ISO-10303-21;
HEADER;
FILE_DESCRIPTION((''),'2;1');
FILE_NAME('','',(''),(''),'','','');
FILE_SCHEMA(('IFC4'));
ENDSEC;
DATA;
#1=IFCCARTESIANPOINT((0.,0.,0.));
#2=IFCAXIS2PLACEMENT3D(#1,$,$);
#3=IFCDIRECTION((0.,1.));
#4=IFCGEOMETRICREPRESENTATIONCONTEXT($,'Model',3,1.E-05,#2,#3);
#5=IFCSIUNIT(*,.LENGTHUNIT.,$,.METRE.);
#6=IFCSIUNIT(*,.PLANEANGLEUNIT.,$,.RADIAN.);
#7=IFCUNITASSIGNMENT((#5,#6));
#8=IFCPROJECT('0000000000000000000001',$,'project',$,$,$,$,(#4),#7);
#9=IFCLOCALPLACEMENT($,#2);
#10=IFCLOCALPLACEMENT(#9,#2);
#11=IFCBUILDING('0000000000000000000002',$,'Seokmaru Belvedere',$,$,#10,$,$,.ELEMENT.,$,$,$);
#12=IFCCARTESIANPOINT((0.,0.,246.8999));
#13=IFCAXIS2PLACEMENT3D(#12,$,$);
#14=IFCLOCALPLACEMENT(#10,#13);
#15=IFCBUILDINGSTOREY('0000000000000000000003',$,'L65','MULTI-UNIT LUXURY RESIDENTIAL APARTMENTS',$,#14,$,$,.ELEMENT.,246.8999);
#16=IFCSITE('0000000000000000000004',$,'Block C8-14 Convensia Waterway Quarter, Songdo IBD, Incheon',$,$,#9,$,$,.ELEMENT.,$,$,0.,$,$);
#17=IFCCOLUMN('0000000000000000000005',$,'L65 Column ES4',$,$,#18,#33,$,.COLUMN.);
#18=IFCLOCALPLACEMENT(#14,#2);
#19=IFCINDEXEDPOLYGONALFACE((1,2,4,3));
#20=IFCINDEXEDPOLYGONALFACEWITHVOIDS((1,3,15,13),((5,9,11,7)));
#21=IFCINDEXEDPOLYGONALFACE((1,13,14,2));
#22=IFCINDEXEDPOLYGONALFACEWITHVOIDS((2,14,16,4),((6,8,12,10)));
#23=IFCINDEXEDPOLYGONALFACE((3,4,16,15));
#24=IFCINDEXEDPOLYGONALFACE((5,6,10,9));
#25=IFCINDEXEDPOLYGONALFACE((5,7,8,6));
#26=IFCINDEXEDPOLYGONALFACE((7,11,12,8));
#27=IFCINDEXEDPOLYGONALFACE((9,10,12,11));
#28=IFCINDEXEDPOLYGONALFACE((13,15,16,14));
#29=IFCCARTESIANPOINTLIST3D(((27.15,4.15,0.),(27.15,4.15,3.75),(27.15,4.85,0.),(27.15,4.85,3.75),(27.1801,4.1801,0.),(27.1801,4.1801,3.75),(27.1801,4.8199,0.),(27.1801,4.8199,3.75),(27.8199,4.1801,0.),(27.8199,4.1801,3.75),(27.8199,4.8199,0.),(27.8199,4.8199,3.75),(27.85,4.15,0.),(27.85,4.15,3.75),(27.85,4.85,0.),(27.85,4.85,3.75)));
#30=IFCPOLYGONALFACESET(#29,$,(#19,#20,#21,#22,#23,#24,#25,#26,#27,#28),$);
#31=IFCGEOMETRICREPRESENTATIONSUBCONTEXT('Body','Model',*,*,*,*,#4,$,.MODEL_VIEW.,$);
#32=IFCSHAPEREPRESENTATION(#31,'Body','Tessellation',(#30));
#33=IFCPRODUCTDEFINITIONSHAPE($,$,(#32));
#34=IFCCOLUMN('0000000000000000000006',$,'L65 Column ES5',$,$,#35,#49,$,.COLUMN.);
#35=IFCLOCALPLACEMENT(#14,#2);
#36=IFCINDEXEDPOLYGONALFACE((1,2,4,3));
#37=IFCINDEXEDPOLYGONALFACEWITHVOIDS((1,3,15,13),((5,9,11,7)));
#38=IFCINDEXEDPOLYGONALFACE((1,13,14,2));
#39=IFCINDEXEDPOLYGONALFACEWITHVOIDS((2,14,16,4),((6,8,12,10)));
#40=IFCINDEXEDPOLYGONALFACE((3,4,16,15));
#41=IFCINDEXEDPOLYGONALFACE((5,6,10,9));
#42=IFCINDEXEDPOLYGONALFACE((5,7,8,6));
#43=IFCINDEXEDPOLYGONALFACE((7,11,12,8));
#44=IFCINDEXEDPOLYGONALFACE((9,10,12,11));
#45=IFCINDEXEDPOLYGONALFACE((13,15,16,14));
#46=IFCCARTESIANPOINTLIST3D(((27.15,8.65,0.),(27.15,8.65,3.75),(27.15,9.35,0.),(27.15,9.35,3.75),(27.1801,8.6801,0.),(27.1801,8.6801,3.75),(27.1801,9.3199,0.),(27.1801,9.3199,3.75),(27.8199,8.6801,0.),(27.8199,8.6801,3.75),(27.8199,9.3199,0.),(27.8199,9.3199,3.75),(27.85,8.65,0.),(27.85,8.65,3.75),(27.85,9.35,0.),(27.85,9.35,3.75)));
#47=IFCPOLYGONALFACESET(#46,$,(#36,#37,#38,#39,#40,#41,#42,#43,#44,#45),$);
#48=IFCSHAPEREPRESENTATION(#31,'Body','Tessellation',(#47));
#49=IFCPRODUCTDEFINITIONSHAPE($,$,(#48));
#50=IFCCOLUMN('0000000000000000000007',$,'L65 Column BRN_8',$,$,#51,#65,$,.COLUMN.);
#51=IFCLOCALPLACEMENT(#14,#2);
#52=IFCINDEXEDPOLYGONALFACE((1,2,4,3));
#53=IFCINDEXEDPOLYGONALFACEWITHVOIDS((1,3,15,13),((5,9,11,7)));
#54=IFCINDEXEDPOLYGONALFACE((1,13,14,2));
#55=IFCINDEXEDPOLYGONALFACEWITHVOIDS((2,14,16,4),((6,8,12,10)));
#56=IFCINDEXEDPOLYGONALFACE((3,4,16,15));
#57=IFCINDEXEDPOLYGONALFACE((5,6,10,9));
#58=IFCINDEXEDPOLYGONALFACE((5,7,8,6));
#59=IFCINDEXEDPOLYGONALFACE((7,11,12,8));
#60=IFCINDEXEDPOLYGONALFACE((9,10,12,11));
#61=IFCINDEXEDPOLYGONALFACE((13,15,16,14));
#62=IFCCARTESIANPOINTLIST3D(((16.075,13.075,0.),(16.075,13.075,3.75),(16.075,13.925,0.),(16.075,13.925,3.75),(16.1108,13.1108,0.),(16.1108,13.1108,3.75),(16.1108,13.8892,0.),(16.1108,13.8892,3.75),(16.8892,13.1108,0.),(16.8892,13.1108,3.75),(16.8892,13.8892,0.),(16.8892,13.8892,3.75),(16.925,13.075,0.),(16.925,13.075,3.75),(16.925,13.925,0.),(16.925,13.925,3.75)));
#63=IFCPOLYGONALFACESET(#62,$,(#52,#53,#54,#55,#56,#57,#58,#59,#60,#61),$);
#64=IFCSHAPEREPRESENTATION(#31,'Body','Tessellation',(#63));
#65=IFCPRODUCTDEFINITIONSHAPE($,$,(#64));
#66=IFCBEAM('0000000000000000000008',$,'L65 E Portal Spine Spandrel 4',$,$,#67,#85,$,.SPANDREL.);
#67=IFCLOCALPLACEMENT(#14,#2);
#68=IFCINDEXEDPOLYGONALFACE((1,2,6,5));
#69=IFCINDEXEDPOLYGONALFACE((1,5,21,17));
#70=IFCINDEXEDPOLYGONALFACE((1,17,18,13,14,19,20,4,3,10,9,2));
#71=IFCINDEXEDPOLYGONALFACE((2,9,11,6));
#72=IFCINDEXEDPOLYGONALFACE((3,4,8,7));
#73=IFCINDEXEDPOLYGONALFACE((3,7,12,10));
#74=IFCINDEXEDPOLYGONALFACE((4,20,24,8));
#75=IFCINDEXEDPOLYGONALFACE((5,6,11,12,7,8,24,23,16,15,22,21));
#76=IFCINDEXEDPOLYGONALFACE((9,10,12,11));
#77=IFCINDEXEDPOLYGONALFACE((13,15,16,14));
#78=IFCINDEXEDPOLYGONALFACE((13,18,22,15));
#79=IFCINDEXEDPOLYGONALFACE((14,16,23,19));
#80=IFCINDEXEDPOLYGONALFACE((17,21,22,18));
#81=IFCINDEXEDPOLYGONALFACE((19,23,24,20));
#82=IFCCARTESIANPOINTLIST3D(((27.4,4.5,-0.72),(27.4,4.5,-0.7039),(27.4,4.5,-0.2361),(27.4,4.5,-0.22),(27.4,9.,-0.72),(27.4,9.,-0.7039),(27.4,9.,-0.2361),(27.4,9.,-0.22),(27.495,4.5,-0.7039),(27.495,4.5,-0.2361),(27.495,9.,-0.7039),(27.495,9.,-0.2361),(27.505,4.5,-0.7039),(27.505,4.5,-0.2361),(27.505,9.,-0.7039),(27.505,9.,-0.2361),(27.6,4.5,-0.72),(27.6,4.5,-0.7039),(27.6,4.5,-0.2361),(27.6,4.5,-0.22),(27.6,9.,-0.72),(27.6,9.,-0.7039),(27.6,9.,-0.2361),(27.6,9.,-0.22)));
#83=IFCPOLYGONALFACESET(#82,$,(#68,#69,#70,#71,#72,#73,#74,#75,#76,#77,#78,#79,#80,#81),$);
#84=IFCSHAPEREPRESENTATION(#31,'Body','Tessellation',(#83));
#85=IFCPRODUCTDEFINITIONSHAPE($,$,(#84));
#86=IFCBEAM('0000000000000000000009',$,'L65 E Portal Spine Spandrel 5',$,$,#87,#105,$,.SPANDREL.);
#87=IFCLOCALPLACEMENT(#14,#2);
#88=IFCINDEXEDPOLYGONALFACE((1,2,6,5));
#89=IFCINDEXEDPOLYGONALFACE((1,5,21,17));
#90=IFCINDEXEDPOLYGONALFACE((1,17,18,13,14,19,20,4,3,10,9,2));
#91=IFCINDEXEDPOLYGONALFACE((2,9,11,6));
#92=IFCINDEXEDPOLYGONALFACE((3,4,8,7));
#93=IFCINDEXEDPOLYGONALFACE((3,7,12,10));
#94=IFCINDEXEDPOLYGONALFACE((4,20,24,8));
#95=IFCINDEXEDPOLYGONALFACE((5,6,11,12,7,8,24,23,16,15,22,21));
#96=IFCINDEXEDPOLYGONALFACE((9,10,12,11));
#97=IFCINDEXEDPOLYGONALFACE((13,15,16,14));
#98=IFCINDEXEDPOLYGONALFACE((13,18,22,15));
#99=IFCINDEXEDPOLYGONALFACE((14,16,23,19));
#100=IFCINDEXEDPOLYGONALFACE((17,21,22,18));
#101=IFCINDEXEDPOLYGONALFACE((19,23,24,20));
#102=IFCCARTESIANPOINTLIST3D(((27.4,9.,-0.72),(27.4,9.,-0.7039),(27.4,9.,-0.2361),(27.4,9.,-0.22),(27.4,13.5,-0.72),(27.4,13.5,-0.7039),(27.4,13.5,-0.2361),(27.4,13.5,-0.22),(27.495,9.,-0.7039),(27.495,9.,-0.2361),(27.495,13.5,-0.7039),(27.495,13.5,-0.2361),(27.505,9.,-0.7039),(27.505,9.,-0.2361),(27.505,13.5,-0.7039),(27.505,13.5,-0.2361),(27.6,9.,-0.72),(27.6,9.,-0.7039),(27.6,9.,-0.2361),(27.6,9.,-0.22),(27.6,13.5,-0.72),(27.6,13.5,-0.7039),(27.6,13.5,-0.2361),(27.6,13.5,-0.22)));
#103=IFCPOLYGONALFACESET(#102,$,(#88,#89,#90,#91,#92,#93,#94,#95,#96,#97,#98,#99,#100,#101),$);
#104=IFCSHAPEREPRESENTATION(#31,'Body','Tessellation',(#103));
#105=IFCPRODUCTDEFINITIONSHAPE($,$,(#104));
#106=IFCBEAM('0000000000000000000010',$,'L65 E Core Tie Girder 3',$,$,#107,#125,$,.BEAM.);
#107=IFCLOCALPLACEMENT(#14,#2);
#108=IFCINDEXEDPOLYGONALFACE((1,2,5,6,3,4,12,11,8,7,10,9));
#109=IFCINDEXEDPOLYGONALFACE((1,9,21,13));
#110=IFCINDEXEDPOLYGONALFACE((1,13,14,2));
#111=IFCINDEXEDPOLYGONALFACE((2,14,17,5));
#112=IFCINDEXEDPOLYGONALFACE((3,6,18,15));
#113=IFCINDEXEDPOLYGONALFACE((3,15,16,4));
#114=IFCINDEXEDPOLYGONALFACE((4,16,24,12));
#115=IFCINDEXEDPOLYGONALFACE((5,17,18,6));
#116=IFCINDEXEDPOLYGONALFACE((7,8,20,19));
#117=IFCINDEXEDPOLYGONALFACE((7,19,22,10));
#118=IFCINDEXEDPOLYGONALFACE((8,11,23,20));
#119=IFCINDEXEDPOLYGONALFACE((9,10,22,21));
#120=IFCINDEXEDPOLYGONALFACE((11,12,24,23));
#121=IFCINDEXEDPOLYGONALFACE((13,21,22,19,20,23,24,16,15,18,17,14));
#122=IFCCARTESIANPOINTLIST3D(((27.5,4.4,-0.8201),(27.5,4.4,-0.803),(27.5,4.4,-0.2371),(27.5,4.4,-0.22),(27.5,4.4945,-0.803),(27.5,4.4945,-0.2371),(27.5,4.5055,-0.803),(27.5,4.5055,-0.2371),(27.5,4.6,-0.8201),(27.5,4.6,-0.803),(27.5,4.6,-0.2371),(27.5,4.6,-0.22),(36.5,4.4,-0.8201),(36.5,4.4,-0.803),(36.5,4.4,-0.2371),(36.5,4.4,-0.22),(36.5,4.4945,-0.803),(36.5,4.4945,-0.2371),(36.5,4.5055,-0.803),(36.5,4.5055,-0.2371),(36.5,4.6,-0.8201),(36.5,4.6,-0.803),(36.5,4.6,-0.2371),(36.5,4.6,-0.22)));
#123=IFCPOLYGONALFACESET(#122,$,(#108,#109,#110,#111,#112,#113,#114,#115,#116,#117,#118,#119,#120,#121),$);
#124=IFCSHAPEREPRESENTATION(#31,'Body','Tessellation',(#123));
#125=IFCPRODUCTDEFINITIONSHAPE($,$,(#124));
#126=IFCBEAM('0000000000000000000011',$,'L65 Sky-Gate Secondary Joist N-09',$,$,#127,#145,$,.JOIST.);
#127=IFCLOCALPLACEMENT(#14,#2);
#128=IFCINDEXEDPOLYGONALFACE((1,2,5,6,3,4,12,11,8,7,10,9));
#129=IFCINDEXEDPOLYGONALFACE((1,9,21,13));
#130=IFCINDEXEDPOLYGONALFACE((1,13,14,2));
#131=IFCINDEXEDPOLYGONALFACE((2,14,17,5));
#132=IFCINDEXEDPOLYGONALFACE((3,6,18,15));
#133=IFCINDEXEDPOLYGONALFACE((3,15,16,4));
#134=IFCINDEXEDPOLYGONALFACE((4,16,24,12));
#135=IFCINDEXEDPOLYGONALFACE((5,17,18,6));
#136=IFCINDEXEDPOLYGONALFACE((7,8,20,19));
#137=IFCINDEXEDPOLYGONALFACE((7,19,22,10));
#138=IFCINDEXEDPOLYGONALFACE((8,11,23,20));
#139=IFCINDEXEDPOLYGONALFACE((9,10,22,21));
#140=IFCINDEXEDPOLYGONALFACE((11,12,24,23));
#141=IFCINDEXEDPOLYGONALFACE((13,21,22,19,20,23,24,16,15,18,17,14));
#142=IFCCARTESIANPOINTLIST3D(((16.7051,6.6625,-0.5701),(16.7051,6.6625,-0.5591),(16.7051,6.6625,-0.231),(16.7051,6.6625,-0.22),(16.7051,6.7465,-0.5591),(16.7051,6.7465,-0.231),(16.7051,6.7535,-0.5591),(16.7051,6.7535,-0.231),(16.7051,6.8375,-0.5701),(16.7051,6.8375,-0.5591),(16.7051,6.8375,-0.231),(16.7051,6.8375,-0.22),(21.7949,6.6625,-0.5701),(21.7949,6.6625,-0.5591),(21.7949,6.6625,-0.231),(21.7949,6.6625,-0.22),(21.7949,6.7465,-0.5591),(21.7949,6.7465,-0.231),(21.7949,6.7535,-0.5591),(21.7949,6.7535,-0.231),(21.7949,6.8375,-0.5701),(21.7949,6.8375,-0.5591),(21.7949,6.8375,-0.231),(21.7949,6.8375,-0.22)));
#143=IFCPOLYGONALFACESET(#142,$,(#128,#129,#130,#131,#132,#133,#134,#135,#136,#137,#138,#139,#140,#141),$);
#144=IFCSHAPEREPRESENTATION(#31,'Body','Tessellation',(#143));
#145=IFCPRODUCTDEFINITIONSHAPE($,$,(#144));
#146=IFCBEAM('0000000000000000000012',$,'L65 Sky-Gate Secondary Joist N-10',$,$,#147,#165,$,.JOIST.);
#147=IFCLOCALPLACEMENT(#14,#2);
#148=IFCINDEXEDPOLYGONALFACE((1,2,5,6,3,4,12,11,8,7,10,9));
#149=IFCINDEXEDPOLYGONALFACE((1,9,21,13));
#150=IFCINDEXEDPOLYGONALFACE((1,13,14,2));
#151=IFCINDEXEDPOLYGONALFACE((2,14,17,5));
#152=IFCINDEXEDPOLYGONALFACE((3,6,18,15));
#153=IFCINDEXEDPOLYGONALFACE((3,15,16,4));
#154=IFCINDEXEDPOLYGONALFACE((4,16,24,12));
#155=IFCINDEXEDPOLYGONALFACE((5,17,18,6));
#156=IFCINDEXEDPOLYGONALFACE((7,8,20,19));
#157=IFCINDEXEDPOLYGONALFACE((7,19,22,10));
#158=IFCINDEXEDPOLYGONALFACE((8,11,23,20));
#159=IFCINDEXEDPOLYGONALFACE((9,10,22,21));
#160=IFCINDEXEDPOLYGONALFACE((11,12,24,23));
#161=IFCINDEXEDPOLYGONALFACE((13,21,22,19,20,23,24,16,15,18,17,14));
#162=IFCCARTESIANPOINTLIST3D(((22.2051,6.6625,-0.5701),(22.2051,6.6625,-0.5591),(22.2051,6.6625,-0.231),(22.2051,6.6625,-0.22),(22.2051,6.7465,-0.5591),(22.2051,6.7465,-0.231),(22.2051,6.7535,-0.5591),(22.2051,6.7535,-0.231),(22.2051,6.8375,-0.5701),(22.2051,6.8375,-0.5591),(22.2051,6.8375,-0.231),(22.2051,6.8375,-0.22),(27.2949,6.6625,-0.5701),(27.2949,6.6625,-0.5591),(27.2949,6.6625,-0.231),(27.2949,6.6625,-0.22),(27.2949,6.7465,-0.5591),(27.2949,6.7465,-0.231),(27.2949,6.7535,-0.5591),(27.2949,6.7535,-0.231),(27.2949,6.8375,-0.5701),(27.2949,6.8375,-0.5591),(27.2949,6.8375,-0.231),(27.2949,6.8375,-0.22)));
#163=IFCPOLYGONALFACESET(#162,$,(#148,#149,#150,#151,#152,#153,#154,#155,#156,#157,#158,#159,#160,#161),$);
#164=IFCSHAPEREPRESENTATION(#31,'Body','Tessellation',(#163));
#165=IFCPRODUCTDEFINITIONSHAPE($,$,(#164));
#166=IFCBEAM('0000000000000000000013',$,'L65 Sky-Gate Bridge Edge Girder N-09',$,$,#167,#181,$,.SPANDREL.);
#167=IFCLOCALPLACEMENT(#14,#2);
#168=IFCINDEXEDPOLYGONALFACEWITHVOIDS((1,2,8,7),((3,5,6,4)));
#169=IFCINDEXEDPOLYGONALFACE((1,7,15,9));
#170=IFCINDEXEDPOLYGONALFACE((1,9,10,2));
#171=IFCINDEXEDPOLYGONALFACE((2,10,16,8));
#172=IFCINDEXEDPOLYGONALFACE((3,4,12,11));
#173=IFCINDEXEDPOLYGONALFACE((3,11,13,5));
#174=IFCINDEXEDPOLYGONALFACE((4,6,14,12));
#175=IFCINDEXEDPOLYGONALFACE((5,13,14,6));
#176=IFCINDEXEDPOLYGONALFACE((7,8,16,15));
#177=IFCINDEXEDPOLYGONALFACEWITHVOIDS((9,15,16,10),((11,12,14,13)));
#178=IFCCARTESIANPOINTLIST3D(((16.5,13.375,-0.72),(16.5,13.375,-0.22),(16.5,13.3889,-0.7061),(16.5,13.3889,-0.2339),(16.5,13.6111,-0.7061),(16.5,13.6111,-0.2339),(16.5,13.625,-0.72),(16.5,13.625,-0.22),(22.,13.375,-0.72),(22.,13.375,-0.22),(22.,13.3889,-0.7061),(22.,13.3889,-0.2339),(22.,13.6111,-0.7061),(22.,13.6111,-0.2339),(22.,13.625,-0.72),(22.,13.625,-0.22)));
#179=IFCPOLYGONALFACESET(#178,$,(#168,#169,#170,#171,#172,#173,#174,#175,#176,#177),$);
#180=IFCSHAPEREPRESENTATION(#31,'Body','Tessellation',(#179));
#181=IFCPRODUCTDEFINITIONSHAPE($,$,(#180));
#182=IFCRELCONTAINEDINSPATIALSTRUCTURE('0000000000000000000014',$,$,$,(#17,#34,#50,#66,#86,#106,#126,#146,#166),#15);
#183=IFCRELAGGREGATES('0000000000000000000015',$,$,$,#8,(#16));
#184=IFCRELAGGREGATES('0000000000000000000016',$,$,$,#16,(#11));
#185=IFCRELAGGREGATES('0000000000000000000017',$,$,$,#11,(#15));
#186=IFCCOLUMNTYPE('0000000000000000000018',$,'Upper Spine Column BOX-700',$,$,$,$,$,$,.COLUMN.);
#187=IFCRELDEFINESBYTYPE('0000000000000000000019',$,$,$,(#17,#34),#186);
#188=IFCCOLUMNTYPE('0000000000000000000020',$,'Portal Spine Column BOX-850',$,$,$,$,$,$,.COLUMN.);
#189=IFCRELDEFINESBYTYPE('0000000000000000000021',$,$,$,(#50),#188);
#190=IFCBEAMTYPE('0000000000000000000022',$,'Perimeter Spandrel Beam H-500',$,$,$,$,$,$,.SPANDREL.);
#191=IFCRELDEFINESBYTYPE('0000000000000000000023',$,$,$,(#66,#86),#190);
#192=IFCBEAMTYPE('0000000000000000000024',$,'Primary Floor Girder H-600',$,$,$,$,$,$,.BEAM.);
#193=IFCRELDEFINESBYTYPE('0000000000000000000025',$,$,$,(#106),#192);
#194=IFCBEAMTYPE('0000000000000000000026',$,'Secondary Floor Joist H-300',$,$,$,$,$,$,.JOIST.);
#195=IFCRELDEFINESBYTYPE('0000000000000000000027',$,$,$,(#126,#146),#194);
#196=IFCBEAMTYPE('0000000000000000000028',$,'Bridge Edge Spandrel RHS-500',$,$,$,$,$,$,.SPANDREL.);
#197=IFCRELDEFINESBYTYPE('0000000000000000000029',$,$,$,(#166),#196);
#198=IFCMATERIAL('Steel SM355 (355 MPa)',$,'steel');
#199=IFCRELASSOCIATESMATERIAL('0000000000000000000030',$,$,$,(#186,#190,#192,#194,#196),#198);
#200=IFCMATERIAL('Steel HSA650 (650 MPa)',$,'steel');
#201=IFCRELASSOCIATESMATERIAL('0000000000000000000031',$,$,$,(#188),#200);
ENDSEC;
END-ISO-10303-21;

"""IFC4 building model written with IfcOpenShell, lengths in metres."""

from ifc_helpers import new_model, si_unit, direction, frame, origin, origin_2d, place, context, subcontext, project, spatial, hollow_rectangle, i_section, extrude, source, transform, mapped, material, material_profile, profile_set, type_object, type_shapes, element, save


model = new_model("IFC4")

# Units and contexts
model_context = context("Model", 3, precision=1e-05, world=origin(), true_north=direction((0.0, 1.0)))
body_context = subcontext(model_context, "Body", "Model", "MODEL_VIEW")
ifc_project = project(units=[si_unit("LENGTHUNIT", "METRE"), si_unit("PLANEANGLEUNIT", "RADIAN")], contexts=[model_context])

# Site, building, storey
site_placement = place(None, origin())
site = spatial("IfcSite", under=ifc_project, at=site_placement, Name="Block C8-14 Convensia Waterway Quarter, Songdo IBD, Incheon", CompositionType="ELEMENT", RefElevation=0.0)
building_placement = place(site_placement, origin())
building = spatial("IfcBuilding", under=site, at=building_placement, Name="Seokmaru Belvedere", CompositionType="ELEMENT")
storey_placement = place(building_placement, frame((0.0, 0.0, 246.8999)))
storey = spatial("IfcBuildingStorey", under=building, at=storey_placement, Name="L65", Description="MULTI-UNIT LUXURY RESIDENTIAL APARTMENTS", CompositionType="ELEMENT", Elevation=246.8999)

# Columns
ifc_material_1 = material(Name="Steel SM355 (355 MPa)", Category="steel")
ifc_material_profile_1 = material_profile(ifc_material_1, hollow_rectangle(XDim=0.7, YDim=0.7, WallThickness=0.03, at=origin_2d()), Name="BOX-700x700x30")
ifc_profile_set_1 = profile_set([ifc_material_profile_1], Name="Steel SM355 (355 MPa)")
column_type_1 = type_object("IfcColumnType", Name="Upper Spine Column BOX-700", PredefinedType="COLUMN", material=ifc_profile_set_1)
shared_shape_1 = source(origin(), body_context, "Body", "SweptSolid", [
    extrude(hollow_rectangle(XDim=0.7, YDim=0.7, WallThickness=0.03, at=origin_2d()), origin(), (0.0, 0.0, 1.0), 3.75),
])
type_shapes(column_type_1, [shared_shape_1])
for number, where, z_axis, x_axis, name in (
    (1, (27.5, 4.5, 0.0), (0.0, 0.0, 1.0), (1.0, 0.0, 0.0), "L65 Column ES4"),
    (2, (27.5, 9.0, 0.0), (0.0, 0.0, 1.0), (1.0, 0.0, 0.0), "L65 Column ES5"),
):
    element("IfcColumn", number, at=place(storey_placement, frame(where, z_axis=z_axis, x_axis=x_axis)), inside=storey, type_object=column_type_1, Name=name, PredefinedType="COLUMN", context=body_context, shape_type="MappedRepresentation", body=[
        mapped(shared_shape_1, transform((0.0, 0.0, 0.0), scale=1.0)),
    ])
ifc_material_2 = material(Name="Steel HSA650 (650 MPa)", Category="steel")
ifc_material_profile_2 = material_profile(ifc_material_2, hollow_rectangle(XDim=0.8501, YDim=0.8501, WallThickness=0.0359, at=origin_2d()), Name="BOX-850x850x36")
ifc_profile_set_2 = profile_set([ifc_material_profile_2], Name="Steel HSA650 (650 MPa)")
column_type_2 = type_object("IfcColumnType", Name="Portal Spine Column BOX-850", PredefinedType="COLUMN", material=ifc_profile_set_2)
shared_shape_2 = source(origin(), body_context, "Body", "SweptSolid", [
    extrude(hollow_rectangle(XDim=0.8501, YDim=0.8501, WallThickness=0.0359, at=origin_2d()), origin(), (0.0, 0.0, 1.0), 3.75),
])
type_shapes(column_type_2, [shared_shape_2])
column_placement = place(storey_placement, frame((16.5, 13.5, 0.0), z_axis=(0.0, 0.0, 1.0), x_axis=(1.0, 0.0, 0.0)))
element("IfcColumn", 3, at=column_placement, inside=storey, type_object=column_type_2, Name="L65 Column BRN_8", PredefinedType="COLUMN", context=body_context, shape_type="MappedRepresentation", body=[
    mapped(shared_shape_2, transform((0.0, 0.0, 0.0), scale=1.0)),
])

# Beams
ifc_material_profile_3 = material_profile(ifc_material_1, i_section(OverallWidth=0.2, OverallDepth=0.5, WebThickness=0.01, FlangeThickness=0.0161, at=origin_2d()), Name="H-500x200x10x16")
ifc_profile_set_3 = profile_set([ifc_material_profile_3], Name="Steel SM355 (355 MPa)")
beam_type_1 = type_object("IfcBeamType", Name="Perimeter Spandrel Beam H-500", PredefinedType="SPANDREL", material=ifc_profile_set_3)
shared_shape_3 = source(origin(), body_context, "Body", "SweptSolid", [
    extrude(i_section(OverallWidth=0.2, OverallDepth=0.5, WebThickness=0.01, FlangeThickness=0.0161, at=origin_2d()), origin(), (0.0, 0.0, 1.0), 4.5),
])
type_shapes(beam_type_1, [shared_shape_3])
for number, where, z_axis, x_axis, name in (
    (4, (27.5, 4.5, -0.47), (0.0, 1.0, 0.0), (-1.0, 0.0, 0.0), "L65 E Portal Spine Spandrel 4"),
    (5, (27.5, 9.0, -0.47), (0.0, 1.0, 0.0), (-1.0, 0.0, 0.0), "L65 E Portal Spine Spandrel 5"),
):
    element("IfcBeam", number, at=place(storey_placement, frame(where, z_axis=z_axis, x_axis=x_axis)), inside=storey, type_object=beam_type_1, Name=name, PredefinedType="SPANDREL", context=body_context, shape_type="MappedRepresentation", body=[
        mapped(shared_shape_3, transform((0.0, 0.0, 0.0), scale=1.0)),
    ])
ifc_material_profile_4 = material_profile(ifc_material_1, i_section(OverallWidth=0.2, OverallDepth=0.6001, WebThickness=0.011, FlangeThickness=0.0171, at=origin_2d()), Name="H-600x200x11x17")
ifc_profile_set_4 = profile_set([ifc_material_profile_4], Name="Steel SM355 (355 MPa)")
beam_type_2 = type_object("IfcBeamType", Name="Primary Floor Girder H-600", PredefinedType="BEAM", material=ifc_profile_set_4)
shared_shape_4 = source(origin(), body_context, "Body", "SweptSolid", [
    extrude(i_section(OverallWidth=0.2, OverallDepth=0.6001, WebThickness=0.011, FlangeThickness=0.0171, at=origin_2d()), origin(), (0.0, 0.0, 1.0), 9.0),
])
type_shapes(beam_type_2, [shared_shape_4])
beam_1_placement = place(storey_placement, frame((27.5, 4.5, -0.52), z_axis=(1.0, 0.0, 0.0), x_axis=(0.0, 1.0, 0.0)))
element("IfcBeam", 6, at=beam_1_placement, inside=storey, type_object=beam_type_2, Name="L65 E Core Tie Girder 3", PredefinedType="BEAM", context=body_context, shape_type="MappedRepresentation", body=[
    mapped(shared_shape_4, transform((0.0, 0.0, 0.0), scale=1.0)),
])
ifc_material_profile_5 = material_profile(ifc_material_1, i_section(OverallWidth=0.175, OverallDepth=0.3501, WebThickness=0.0071, FlangeThickness=0.011, at=origin_2d()), Name="H-350x175x7x11")
ifc_profile_set_5 = profile_set([ifc_material_profile_5], Name="Steel SM355 (355 MPa)")
beam_type_3 = type_object("IfcBeamType", Name="Secondary Floor Joist H-300", PredefinedType="JOIST", material=ifc_profile_set_5)
shared_shape_5 = source(origin(), body_context, "Body", "SweptSolid", [
    extrude(i_section(OverallWidth=0.175, OverallDepth=0.3501, WebThickness=0.0071, FlangeThickness=0.011, at=origin_2d()), origin(), (0.0, 0.0, 1.0), 5.0898),
])
type_shapes(beam_type_3, [shared_shape_5])
for number, where, z_axis, x_axis, name in (
    (7, (16.7051, 6.75, -0.395), (1.0, 0.0, 0.0), (0.0, 1.0, 0.0), "L65 Sky-Gate Secondary Joist N-09"),
    (8, (22.2051, 6.75, -0.395), (1.0, 0.0, 0.0), (0.0, 1.0, 0.0), "L65 Sky-Gate Secondary Joist N-10"),
):
    element("IfcBeam", number, at=place(storey_placement, frame(where, z_axis=z_axis, x_axis=x_axis)), inside=storey, type_object=beam_type_3, Name=name, PredefinedType="JOIST", context=body_context, shape_type="MappedRepresentation", body=[
        mapped(shared_shape_5, transform((0.0, 0.0, 0.0), scale=1.0)),
    ])
ifc_material_profile_6 = material_profile(ifc_material_1, hollow_rectangle(XDim=0.25, YDim=0.5, WallThickness=0.0139, at=origin_2d()), Name="RHS-500x250x14")
ifc_profile_set_6 = profile_set([ifc_material_profile_6], Name="Steel SM355 (355 MPa)")
beam_type_4 = type_object("IfcBeamType", Name="Bridge Edge Spandrel RHS-500", PredefinedType="SPANDREL", material=ifc_profile_set_6)
shared_shape_6 = source(origin(), body_context, "Body", "SweptSolid", [
    extrude(hollow_rectangle(XDim=0.25, YDim=0.5, WallThickness=0.0139, at=origin_2d()), origin(), (0.0, 0.0, 1.0), 5.5),
])
type_shapes(beam_type_4, [shared_shape_6])
beam_2_placement = place(storey_placement, frame((16.5, 13.5, -0.47), z_axis=(1.0, 0.0, 0.0), x_axis=(0.0, 1.0, 0.0)))
element("IfcBeam", 9, at=beam_2_placement, inside=storey, type_object=beam_type_4, Name="L65 Sky-Gate Bridge Edge Girder N-09", PredefinedType="SPANDREL", context=body_context, shape_type="MappedRepresentation", body=[
    mapped(shared_shape_6, transform((0.0, 0.0, 0.0), scale=1.0)),
])

save(model, "model.ifc")
